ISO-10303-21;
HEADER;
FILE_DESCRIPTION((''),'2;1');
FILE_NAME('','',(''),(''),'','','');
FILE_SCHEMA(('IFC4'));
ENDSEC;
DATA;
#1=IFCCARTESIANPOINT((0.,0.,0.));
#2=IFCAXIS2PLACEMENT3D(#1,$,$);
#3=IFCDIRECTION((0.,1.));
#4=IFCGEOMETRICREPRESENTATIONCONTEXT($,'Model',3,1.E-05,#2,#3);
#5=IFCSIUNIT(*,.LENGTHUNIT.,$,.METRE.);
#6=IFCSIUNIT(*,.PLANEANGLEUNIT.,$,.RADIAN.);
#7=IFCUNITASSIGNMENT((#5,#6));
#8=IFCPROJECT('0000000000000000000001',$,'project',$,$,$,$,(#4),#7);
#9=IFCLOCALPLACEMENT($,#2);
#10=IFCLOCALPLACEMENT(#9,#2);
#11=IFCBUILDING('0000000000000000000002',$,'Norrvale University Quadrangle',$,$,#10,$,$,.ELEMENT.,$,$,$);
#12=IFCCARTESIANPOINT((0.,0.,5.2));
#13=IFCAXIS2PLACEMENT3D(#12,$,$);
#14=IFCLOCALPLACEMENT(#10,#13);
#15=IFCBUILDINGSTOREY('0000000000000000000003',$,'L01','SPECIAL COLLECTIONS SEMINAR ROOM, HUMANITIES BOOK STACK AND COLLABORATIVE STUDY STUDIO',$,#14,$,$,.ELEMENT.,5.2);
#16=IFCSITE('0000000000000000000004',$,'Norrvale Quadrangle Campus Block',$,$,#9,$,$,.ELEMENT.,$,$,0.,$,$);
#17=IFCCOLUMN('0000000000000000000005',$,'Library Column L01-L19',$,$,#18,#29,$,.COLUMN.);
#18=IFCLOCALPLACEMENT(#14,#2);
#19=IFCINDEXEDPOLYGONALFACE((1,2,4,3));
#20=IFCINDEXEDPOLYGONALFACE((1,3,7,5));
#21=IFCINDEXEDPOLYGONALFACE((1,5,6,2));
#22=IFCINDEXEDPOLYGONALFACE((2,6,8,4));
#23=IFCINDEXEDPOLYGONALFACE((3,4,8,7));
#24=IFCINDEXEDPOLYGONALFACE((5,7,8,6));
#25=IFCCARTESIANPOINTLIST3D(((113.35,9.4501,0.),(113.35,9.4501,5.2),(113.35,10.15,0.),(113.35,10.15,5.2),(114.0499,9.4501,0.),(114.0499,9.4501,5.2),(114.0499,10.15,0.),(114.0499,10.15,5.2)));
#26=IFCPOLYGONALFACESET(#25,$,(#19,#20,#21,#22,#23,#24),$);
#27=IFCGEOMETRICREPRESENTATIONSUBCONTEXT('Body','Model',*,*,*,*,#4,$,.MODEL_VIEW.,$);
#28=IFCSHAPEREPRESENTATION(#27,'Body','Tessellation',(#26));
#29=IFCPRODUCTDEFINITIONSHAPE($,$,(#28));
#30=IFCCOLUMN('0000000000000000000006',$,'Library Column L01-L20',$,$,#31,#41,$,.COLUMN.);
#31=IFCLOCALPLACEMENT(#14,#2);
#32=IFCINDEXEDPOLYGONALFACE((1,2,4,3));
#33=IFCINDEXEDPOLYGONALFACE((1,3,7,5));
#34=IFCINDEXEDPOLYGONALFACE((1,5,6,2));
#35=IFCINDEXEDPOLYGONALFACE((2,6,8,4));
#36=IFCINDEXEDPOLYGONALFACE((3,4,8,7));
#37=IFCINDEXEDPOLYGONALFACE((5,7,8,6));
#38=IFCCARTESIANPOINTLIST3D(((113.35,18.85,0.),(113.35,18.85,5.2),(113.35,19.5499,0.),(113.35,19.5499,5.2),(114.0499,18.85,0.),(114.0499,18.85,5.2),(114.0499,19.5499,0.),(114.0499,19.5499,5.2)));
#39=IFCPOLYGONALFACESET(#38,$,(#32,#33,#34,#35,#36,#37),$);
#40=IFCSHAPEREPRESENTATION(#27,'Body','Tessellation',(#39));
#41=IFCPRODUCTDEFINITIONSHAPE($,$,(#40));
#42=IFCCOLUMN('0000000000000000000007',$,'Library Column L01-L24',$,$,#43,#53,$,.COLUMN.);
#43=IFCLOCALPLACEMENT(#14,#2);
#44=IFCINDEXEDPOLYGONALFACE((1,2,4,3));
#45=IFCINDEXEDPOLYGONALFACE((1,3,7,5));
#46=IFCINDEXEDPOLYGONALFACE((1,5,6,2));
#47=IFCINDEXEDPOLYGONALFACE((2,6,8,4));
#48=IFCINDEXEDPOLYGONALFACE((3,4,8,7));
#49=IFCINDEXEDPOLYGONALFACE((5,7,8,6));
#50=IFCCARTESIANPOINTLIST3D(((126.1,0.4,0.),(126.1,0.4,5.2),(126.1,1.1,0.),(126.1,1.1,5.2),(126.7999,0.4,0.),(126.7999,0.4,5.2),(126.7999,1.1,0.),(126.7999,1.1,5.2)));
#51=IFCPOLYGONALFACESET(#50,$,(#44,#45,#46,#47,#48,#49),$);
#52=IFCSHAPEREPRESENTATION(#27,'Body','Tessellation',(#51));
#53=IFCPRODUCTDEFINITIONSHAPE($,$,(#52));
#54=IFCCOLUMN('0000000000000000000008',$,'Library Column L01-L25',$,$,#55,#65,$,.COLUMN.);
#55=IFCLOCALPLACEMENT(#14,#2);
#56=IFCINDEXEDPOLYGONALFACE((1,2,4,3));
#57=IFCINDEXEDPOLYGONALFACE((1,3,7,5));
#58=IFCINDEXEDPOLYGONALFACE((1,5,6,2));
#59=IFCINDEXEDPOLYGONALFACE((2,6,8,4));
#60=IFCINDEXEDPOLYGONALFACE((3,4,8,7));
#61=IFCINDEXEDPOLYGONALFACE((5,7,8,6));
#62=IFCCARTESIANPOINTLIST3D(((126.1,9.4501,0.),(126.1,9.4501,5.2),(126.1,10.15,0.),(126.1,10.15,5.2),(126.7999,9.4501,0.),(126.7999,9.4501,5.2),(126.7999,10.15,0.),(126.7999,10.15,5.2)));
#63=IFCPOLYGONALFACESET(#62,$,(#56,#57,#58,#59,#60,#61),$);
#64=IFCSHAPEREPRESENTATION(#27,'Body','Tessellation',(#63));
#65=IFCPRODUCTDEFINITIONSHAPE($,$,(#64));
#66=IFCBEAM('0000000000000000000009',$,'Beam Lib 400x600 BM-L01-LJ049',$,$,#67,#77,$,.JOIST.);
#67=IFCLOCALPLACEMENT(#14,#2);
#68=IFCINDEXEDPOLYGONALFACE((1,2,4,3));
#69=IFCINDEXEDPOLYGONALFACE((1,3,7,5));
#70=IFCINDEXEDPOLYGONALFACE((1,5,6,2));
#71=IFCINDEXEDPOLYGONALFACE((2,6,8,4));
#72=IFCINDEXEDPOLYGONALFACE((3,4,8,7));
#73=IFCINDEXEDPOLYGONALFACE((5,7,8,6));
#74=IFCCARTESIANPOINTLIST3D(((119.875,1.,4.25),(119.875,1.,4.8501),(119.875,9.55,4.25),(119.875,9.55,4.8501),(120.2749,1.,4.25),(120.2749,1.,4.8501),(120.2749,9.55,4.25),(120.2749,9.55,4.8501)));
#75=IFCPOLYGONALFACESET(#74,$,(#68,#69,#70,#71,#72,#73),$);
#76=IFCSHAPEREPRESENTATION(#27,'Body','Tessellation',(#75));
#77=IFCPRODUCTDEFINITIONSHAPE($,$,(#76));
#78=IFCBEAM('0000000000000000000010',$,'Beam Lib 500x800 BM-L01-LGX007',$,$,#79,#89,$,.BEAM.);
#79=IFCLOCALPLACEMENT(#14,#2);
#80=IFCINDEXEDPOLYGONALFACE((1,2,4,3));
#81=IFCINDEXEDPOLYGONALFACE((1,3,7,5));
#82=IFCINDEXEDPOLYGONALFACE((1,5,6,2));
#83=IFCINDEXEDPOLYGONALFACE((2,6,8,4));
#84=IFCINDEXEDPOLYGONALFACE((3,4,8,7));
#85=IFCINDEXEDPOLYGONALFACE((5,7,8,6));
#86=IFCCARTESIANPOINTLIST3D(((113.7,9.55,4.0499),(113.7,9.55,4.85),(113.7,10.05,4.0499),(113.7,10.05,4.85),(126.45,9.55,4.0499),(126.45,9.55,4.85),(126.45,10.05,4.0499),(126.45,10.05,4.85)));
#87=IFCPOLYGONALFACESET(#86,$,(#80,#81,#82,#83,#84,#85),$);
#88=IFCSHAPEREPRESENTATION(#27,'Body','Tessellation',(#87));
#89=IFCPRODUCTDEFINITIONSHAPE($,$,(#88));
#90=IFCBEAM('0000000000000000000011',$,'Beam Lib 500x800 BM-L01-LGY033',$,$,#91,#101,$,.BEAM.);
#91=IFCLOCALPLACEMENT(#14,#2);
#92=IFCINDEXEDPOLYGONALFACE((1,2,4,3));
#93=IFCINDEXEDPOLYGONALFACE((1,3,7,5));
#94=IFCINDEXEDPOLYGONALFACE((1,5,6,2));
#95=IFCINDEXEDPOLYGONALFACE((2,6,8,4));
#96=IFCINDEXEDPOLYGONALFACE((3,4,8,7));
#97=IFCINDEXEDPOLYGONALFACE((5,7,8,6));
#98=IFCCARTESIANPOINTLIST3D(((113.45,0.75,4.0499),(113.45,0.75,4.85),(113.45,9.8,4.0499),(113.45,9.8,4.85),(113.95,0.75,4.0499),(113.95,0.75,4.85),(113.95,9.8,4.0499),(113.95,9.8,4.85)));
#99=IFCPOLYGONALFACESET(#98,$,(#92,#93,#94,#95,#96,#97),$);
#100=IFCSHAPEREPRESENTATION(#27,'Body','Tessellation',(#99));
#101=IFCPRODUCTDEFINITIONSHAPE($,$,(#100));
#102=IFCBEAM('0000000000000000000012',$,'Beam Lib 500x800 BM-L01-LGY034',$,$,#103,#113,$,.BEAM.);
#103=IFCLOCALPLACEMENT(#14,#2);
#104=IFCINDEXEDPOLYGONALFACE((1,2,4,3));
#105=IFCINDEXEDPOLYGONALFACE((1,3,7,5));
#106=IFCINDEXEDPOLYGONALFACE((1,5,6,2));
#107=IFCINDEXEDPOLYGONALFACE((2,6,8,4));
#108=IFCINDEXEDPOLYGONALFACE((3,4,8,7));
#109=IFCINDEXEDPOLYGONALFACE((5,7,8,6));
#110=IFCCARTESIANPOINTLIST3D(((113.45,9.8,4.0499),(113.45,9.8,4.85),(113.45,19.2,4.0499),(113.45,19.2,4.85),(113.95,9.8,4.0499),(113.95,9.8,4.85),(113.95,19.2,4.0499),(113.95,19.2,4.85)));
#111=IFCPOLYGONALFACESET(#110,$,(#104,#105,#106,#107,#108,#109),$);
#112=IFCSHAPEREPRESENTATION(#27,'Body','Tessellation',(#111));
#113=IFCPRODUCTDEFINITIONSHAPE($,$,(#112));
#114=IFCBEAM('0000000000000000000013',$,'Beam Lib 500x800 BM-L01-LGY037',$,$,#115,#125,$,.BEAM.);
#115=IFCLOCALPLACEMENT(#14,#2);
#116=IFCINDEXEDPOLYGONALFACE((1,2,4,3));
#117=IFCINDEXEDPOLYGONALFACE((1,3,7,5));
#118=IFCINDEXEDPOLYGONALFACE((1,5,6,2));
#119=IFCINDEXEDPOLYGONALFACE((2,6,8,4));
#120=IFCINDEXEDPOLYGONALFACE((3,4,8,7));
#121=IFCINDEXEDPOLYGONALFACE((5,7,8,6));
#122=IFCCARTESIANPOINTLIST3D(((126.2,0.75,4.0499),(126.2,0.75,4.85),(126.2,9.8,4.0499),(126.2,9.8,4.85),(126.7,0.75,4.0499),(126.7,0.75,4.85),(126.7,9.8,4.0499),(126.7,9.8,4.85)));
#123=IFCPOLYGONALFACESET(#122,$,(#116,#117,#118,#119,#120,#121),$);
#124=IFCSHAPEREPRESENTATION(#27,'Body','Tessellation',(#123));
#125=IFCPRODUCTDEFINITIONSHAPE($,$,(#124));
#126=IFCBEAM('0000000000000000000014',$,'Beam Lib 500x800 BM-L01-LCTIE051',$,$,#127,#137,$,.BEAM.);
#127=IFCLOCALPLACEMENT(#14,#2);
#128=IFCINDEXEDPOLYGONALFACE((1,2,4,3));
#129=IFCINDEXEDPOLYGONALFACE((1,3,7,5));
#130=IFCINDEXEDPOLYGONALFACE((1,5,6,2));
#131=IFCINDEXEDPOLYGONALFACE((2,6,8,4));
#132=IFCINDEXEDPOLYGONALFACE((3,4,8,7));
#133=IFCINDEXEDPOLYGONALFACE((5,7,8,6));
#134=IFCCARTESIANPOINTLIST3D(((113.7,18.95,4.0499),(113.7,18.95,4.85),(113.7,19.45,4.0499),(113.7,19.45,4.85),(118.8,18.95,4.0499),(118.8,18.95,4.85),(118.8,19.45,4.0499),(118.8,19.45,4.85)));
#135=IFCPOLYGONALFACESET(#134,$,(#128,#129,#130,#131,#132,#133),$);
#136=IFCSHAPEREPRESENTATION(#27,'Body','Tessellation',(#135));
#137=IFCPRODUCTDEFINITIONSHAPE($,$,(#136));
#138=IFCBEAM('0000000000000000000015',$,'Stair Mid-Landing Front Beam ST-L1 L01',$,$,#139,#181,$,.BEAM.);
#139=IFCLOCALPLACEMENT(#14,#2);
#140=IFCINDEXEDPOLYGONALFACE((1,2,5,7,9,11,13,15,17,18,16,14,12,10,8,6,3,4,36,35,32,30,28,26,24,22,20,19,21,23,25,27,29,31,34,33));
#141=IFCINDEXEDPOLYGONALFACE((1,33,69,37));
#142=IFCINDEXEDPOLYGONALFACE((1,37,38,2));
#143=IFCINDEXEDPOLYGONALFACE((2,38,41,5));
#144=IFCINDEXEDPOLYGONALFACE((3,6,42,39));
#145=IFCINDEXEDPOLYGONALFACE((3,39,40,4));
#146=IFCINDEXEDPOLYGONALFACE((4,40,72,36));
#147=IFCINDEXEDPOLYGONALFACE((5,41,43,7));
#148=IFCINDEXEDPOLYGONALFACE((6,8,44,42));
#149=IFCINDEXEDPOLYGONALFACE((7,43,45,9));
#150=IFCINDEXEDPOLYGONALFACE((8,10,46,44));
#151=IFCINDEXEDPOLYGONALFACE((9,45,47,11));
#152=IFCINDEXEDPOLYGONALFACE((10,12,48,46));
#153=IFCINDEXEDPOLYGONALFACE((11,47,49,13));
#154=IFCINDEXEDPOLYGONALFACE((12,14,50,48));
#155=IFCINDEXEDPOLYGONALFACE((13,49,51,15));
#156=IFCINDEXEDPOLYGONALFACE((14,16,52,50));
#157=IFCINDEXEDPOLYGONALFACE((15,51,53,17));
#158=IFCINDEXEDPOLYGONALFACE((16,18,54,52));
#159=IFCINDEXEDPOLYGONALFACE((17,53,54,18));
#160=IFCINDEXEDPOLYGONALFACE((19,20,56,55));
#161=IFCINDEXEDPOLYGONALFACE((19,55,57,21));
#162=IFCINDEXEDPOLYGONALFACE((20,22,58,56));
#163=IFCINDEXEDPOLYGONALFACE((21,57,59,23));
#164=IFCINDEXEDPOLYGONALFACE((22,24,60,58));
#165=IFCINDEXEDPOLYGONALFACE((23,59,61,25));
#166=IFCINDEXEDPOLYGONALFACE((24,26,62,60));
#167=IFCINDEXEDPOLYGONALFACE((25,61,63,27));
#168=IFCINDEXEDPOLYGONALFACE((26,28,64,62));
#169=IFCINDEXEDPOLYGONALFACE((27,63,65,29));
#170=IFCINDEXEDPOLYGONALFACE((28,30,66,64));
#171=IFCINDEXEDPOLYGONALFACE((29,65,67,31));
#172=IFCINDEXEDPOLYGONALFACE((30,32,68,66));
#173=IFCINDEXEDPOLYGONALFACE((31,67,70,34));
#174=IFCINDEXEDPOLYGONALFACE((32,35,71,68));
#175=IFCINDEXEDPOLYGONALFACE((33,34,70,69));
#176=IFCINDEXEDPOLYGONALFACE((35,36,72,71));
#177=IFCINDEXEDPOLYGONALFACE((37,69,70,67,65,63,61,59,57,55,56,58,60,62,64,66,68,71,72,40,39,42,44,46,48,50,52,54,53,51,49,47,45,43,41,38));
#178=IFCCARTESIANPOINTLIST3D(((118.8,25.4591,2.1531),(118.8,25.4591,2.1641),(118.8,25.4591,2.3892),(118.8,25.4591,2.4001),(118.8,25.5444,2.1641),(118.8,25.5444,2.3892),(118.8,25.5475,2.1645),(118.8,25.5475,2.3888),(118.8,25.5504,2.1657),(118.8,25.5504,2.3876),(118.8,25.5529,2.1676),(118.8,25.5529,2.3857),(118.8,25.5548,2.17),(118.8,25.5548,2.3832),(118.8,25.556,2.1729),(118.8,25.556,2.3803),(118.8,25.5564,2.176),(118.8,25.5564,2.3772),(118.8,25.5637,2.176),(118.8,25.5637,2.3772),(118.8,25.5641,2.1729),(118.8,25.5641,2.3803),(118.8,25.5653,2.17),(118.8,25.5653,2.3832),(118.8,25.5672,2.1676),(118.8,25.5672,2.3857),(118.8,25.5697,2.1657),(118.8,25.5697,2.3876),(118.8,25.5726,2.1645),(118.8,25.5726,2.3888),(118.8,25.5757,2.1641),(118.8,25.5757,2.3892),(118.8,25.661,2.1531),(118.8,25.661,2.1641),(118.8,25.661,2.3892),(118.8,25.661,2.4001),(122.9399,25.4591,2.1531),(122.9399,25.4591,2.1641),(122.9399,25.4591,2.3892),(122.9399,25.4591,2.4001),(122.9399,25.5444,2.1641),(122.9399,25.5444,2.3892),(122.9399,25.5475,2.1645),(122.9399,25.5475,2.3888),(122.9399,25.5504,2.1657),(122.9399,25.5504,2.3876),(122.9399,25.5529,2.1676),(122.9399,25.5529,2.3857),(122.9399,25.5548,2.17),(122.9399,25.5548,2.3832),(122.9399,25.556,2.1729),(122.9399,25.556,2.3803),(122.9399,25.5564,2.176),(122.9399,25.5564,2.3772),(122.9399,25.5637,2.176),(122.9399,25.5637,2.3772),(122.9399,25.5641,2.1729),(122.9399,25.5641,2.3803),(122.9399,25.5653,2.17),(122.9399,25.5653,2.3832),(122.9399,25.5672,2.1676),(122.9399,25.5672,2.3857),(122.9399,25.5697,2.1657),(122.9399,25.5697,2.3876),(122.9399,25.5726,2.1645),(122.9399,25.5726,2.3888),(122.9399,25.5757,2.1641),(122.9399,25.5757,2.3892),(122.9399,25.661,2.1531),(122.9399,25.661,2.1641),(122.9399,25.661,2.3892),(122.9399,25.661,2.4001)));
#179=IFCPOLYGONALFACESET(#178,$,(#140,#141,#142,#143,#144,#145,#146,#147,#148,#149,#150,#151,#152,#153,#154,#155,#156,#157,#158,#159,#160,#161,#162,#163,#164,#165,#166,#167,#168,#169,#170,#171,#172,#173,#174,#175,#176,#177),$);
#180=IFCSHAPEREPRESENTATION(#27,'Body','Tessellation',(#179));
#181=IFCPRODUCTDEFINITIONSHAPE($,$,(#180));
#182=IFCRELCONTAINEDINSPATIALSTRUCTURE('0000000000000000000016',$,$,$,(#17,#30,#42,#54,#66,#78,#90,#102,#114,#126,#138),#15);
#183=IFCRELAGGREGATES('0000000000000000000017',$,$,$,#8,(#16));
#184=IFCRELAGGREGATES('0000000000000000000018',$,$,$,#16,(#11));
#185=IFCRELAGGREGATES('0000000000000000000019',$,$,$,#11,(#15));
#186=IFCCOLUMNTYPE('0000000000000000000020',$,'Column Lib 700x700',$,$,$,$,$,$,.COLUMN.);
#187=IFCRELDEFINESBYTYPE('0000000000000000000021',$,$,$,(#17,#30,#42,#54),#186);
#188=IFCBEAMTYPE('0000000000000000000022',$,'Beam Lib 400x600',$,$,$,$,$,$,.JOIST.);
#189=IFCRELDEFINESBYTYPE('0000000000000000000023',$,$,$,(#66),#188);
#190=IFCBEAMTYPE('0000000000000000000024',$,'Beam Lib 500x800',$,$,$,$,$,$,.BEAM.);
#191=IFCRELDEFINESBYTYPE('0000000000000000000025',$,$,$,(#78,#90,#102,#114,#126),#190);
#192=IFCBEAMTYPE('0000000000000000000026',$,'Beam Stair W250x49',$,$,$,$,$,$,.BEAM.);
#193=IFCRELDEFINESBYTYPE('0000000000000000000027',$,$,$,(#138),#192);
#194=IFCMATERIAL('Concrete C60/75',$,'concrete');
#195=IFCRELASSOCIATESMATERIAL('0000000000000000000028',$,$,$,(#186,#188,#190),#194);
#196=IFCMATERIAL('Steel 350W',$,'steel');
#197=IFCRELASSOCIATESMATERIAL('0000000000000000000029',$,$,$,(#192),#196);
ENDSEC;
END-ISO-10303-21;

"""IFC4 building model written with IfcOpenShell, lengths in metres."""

from ifc_helpers import new_model, si_unit, direction, frame, origin, origin_2d, place, context, subcontext, project, spatial, rectangle, i_section, extrude, material, material_profile, profile_set, type_object, element, save


model = new_model("IFC4")

# Units and contexts
model_context = context("Model", 3, precision=1e-05, world=origin(), true_north=direction((0.0, 1.0)))
body_context = subcontext(model_context, "Body", "Model", "MODEL_VIEW")
ifc_project = project(units=[si_unit("LENGTHUNIT", "METRE"), si_unit("PLANEANGLEUNIT", "RADIAN")], contexts=[model_context])

# Site, building, storey
site_placement = place(None, origin())
site = spatial("IfcSite", under=ifc_project, at=site_placement, Name="Norrvale Quadrangle Campus Block", CompositionType="ELEMENT", RefElevation=0.0)
building_placement = place(site_placement, origin())
building = spatial("IfcBuilding", under=site, at=building_placement, Name="Norrvale University Quadrangle", CompositionType="ELEMENT")
storey_placement = place(building_placement, frame((0.0, 0.0, 5.2)))
storey = spatial("IfcBuildingStorey", under=building, at=storey_placement, Name="L01", Description="SPECIAL COLLECTIONS SEMINAR ROOM, HUMANITIES BOOK STACK AND COLLABORATIVE STUDY STUDIO", CompositionType="ELEMENT", Elevation=5.2)

# Columns
ifc_material_1 = material(Name="Concrete C60/75", Category="concrete")
ifc_material_profile_1 = material_profile(ifc_material_1, rectangle(XDim=0.7, YDim=0.7, at=origin_2d()), Name="Concrete C60/75")
ifc_profile_set_1 = profile_set([ifc_material_profile_1], Name="Concrete C60/75")
column_type = type_object("IfcColumnType", Name="Column Lib 700x700", PredefinedType="COLUMN", material=ifc_profile_set_1)
for number, where, z_axis, x_axis, name in (
    (1, (113.7, 9.8, 0.0), (0.0, 0.0, 1.0), (1.0, 0.0, 0.0), "Library Column L01-L19"),
    (2, (113.7, 19.2, 0.0), (0.0, 0.0, 1.0), (1.0, 0.0, 0.0), "Library Column L01-L20"),
    (3, (126.45, 0.75, 0.0), (0.0, 0.0, 1.0), (1.0, 0.0, 0.0), "Library Column L01-L24"),
    (4, (126.45, 9.8, 0.0), (0.0, 0.0, 1.0), (1.0, 0.0, 0.0), "Library Column L01-L25"),
):
    element("IfcColumn", number, at=place(storey_placement, frame(where, z_axis=z_axis, x_axis=x_axis)), inside=storey, type_object=column_type, Name=name, PredefinedType="COLUMN", context=body_context, shape_type="SweptSolid", body=[
        extrude(rectangle(XDim=0.7, YDim=0.7, at=origin_2d()), origin(), (0.0, 0.0, 1.0), 5.2),
    ])

# Beams
ifc_material_profile_2 = material_profile(ifc_material_1, rectangle(XDim=0.3999, YDim=0.6001, at=origin_2d()), Name="Concrete C60/75")
ifc_profile_set_2 = profile_set([ifc_material_profile_2], Name="Concrete C60/75")
beam_type_1 = type_object("IfcBeamType", Name="Beam Lib 400x600", PredefinedType="JOIST", material=ifc_profile_set_2)
beam_1_placement = place(storey_placement, frame((120.075, 1.0, 4.55), z_axis=(0.0, 1.0, 0.0), x_axis=(-1.0, 0.0, 0.0)))
element("IfcBeam", 5, at=beam_1_placement, inside=storey, type_object=beam_type_1, Name="Beam Lib 400x600 BM-L01-LJ049", PredefinedType="JOIST", context=body_context, shape_type="SweptSolid", body=[
    extrude(rectangle(XDim=0.3999, YDim=0.6001, at=origin_2d()), origin(), (0.0, 0.0, 1.0), 8.55),
])
ifc_material_profile_3 = material_profile(ifc_material_1, rectangle(XDim=0.5, YDim=0.8, at=origin_2d()), Name="Concrete C60/75")
ifc_profile_set_3 = profile_set([ifc_material_profile_3], Name="Concrete C60/75")
beam_type_2 = type_object("IfcBeamType", Name="Beam Lib 500x800", PredefinedType="BEAM", material=ifc_profile_set_3)
beam_2_placement = place(storey_placement, frame((113.7, 9.8, 4.45), z_axis=(1.0, 0.0, 0.0), x_axis=(0.0, 1.0, 0.0)))
element("IfcBeam", 6, at=beam_2_placement, inside=storey, type_object=beam_type_2, Name="Beam Lib 500x800 BM-L01-LGX007", PredefinedType="BEAM", context=body_context, shape_type="SweptSolid", body=[
    extrude(rectangle(XDim=0.5, YDim=0.8, at=origin_2d()), origin(), (0.0, 0.0, 1.0), 12.75),
])
beam_3_placement = place(storey_placement, frame((113.7, 0.75, 4.45), z_axis=(0.0, 1.0, 0.0), x_axis=(-1.0, 0.0, 0.0)))
element("IfcBeam", 7, at=beam_3_placement, inside=storey, type_object=beam_type_2, Name="Beam Lib 500x800 BM-L01-LGY033", PredefinedType="BEAM", context=body_context, shape_type="SweptSolid", body=[
    extrude(rectangle(XDim=0.5, YDim=0.8, at=origin_2d()), origin(), (0.0, 0.0, 1.0), 9.05),
])
beam_4_placement = place(storey_placement, frame((113.7, 9.8, 4.45), z_axis=(0.0, 1.0, 0.0), x_axis=(-1.0, 0.0, 0.0)))
element("IfcBeam", 8, at=beam_4_placement, inside=storey, type_object=beam_type_2, Name="Beam Lib 500x800 BM-L01-LGY034", PredefinedType="BEAM", context=body_context, shape_type="SweptSolid", body=[
    extrude(rectangle(XDim=0.5, YDim=0.8, at=origin_2d()), origin(), (0.0, 0.0, 1.0), 9.3999),
])
beam_5_placement = place(storey_placement, frame((126.45, 0.75, 4.45), z_axis=(0.0, 1.0, 0.0), x_axis=(-1.0, 0.0, 0.0)))
element("IfcBeam", 9, at=beam_5_placement, inside=storey, type_object=beam_type_2, Name="Beam Lib 500x800 BM-L01-LGY037", PredefinedType="BEAM", context=body_context, shape_type="SweptSolid", body=[
    extrude(rectangle(XDim=0.5, YDim=0.8, at=origin_2d()), origin(), (0.0, 0.0, 1.0), 9.05),
])
beam_6_placement = place(storey_placement, frame((113.7, 19.2, 4.45), z_axis=(1.0, 0.0, 0.0), x_axis=(0.0, 1.0, 0.0)))
element("IfcBeam", 10, at=beam_6_placement, inside=storey, type_object=beam_type_2, Name="Beam Lib 500x800 BM-L01-LCTIE051", PredefinedType="BEAM", context=body_context, shape_type="SweptSolid", body=[
    extrude(rectangle(XDim=0.5, YDim=0.8, at=origin_2d()), origin(), (0.0, 0.0, 1.0), 5.1001),
])
ifc_material_2 = material(Name="Steel 350W", Category="steel")
ifc_material_profile_4 = material_profile(ifc_material_2, i_section(OverallWidth=0.2019, OverallDepth=0.2471, WebThickness=0.0073, FlangeThickness=0.011, FilletRadius=0.012, at=origin_2d()), Name="Steel 350W")
ifc_profile_set_4 = profile_set([ifc_material_profile_4], Name="Steel 350W")
beam_type_3 = type_object("IfcBeamType", Name="Beam Stair W250x49", PredefinedType="BEAM", material=ifc_profile_set_4)
for number, where, z_axis, x_axis, name in (
    (11, (118.8, 25.5601, 2.2766), (1.0, 0.0, 0.0), (0.0, 1.0, 0.0), "Stair Mid-Landing Front Beam ST-L1 L01"),
):
    element("IfcBeam", number, at=place(storey_placement, frame(where, z_axis=z_axis, x_axis=x_axis)), inside=storey, type_object=beam_type_3, Name=name, PredefinedType="BEAM", context=body_context, shape_type="SweptSolid", body=[
        extrude(i_section(OverallWidth=0.2019, OverallDepth=0.2471, WebThickness=0.0073, FlangeThickness=0.011, FilletRadius=0.012, at=origin_2d()), origin(), (0.0, 0.0, 1.0), 4.1399),
    ])

save(model, "model.ifc")
